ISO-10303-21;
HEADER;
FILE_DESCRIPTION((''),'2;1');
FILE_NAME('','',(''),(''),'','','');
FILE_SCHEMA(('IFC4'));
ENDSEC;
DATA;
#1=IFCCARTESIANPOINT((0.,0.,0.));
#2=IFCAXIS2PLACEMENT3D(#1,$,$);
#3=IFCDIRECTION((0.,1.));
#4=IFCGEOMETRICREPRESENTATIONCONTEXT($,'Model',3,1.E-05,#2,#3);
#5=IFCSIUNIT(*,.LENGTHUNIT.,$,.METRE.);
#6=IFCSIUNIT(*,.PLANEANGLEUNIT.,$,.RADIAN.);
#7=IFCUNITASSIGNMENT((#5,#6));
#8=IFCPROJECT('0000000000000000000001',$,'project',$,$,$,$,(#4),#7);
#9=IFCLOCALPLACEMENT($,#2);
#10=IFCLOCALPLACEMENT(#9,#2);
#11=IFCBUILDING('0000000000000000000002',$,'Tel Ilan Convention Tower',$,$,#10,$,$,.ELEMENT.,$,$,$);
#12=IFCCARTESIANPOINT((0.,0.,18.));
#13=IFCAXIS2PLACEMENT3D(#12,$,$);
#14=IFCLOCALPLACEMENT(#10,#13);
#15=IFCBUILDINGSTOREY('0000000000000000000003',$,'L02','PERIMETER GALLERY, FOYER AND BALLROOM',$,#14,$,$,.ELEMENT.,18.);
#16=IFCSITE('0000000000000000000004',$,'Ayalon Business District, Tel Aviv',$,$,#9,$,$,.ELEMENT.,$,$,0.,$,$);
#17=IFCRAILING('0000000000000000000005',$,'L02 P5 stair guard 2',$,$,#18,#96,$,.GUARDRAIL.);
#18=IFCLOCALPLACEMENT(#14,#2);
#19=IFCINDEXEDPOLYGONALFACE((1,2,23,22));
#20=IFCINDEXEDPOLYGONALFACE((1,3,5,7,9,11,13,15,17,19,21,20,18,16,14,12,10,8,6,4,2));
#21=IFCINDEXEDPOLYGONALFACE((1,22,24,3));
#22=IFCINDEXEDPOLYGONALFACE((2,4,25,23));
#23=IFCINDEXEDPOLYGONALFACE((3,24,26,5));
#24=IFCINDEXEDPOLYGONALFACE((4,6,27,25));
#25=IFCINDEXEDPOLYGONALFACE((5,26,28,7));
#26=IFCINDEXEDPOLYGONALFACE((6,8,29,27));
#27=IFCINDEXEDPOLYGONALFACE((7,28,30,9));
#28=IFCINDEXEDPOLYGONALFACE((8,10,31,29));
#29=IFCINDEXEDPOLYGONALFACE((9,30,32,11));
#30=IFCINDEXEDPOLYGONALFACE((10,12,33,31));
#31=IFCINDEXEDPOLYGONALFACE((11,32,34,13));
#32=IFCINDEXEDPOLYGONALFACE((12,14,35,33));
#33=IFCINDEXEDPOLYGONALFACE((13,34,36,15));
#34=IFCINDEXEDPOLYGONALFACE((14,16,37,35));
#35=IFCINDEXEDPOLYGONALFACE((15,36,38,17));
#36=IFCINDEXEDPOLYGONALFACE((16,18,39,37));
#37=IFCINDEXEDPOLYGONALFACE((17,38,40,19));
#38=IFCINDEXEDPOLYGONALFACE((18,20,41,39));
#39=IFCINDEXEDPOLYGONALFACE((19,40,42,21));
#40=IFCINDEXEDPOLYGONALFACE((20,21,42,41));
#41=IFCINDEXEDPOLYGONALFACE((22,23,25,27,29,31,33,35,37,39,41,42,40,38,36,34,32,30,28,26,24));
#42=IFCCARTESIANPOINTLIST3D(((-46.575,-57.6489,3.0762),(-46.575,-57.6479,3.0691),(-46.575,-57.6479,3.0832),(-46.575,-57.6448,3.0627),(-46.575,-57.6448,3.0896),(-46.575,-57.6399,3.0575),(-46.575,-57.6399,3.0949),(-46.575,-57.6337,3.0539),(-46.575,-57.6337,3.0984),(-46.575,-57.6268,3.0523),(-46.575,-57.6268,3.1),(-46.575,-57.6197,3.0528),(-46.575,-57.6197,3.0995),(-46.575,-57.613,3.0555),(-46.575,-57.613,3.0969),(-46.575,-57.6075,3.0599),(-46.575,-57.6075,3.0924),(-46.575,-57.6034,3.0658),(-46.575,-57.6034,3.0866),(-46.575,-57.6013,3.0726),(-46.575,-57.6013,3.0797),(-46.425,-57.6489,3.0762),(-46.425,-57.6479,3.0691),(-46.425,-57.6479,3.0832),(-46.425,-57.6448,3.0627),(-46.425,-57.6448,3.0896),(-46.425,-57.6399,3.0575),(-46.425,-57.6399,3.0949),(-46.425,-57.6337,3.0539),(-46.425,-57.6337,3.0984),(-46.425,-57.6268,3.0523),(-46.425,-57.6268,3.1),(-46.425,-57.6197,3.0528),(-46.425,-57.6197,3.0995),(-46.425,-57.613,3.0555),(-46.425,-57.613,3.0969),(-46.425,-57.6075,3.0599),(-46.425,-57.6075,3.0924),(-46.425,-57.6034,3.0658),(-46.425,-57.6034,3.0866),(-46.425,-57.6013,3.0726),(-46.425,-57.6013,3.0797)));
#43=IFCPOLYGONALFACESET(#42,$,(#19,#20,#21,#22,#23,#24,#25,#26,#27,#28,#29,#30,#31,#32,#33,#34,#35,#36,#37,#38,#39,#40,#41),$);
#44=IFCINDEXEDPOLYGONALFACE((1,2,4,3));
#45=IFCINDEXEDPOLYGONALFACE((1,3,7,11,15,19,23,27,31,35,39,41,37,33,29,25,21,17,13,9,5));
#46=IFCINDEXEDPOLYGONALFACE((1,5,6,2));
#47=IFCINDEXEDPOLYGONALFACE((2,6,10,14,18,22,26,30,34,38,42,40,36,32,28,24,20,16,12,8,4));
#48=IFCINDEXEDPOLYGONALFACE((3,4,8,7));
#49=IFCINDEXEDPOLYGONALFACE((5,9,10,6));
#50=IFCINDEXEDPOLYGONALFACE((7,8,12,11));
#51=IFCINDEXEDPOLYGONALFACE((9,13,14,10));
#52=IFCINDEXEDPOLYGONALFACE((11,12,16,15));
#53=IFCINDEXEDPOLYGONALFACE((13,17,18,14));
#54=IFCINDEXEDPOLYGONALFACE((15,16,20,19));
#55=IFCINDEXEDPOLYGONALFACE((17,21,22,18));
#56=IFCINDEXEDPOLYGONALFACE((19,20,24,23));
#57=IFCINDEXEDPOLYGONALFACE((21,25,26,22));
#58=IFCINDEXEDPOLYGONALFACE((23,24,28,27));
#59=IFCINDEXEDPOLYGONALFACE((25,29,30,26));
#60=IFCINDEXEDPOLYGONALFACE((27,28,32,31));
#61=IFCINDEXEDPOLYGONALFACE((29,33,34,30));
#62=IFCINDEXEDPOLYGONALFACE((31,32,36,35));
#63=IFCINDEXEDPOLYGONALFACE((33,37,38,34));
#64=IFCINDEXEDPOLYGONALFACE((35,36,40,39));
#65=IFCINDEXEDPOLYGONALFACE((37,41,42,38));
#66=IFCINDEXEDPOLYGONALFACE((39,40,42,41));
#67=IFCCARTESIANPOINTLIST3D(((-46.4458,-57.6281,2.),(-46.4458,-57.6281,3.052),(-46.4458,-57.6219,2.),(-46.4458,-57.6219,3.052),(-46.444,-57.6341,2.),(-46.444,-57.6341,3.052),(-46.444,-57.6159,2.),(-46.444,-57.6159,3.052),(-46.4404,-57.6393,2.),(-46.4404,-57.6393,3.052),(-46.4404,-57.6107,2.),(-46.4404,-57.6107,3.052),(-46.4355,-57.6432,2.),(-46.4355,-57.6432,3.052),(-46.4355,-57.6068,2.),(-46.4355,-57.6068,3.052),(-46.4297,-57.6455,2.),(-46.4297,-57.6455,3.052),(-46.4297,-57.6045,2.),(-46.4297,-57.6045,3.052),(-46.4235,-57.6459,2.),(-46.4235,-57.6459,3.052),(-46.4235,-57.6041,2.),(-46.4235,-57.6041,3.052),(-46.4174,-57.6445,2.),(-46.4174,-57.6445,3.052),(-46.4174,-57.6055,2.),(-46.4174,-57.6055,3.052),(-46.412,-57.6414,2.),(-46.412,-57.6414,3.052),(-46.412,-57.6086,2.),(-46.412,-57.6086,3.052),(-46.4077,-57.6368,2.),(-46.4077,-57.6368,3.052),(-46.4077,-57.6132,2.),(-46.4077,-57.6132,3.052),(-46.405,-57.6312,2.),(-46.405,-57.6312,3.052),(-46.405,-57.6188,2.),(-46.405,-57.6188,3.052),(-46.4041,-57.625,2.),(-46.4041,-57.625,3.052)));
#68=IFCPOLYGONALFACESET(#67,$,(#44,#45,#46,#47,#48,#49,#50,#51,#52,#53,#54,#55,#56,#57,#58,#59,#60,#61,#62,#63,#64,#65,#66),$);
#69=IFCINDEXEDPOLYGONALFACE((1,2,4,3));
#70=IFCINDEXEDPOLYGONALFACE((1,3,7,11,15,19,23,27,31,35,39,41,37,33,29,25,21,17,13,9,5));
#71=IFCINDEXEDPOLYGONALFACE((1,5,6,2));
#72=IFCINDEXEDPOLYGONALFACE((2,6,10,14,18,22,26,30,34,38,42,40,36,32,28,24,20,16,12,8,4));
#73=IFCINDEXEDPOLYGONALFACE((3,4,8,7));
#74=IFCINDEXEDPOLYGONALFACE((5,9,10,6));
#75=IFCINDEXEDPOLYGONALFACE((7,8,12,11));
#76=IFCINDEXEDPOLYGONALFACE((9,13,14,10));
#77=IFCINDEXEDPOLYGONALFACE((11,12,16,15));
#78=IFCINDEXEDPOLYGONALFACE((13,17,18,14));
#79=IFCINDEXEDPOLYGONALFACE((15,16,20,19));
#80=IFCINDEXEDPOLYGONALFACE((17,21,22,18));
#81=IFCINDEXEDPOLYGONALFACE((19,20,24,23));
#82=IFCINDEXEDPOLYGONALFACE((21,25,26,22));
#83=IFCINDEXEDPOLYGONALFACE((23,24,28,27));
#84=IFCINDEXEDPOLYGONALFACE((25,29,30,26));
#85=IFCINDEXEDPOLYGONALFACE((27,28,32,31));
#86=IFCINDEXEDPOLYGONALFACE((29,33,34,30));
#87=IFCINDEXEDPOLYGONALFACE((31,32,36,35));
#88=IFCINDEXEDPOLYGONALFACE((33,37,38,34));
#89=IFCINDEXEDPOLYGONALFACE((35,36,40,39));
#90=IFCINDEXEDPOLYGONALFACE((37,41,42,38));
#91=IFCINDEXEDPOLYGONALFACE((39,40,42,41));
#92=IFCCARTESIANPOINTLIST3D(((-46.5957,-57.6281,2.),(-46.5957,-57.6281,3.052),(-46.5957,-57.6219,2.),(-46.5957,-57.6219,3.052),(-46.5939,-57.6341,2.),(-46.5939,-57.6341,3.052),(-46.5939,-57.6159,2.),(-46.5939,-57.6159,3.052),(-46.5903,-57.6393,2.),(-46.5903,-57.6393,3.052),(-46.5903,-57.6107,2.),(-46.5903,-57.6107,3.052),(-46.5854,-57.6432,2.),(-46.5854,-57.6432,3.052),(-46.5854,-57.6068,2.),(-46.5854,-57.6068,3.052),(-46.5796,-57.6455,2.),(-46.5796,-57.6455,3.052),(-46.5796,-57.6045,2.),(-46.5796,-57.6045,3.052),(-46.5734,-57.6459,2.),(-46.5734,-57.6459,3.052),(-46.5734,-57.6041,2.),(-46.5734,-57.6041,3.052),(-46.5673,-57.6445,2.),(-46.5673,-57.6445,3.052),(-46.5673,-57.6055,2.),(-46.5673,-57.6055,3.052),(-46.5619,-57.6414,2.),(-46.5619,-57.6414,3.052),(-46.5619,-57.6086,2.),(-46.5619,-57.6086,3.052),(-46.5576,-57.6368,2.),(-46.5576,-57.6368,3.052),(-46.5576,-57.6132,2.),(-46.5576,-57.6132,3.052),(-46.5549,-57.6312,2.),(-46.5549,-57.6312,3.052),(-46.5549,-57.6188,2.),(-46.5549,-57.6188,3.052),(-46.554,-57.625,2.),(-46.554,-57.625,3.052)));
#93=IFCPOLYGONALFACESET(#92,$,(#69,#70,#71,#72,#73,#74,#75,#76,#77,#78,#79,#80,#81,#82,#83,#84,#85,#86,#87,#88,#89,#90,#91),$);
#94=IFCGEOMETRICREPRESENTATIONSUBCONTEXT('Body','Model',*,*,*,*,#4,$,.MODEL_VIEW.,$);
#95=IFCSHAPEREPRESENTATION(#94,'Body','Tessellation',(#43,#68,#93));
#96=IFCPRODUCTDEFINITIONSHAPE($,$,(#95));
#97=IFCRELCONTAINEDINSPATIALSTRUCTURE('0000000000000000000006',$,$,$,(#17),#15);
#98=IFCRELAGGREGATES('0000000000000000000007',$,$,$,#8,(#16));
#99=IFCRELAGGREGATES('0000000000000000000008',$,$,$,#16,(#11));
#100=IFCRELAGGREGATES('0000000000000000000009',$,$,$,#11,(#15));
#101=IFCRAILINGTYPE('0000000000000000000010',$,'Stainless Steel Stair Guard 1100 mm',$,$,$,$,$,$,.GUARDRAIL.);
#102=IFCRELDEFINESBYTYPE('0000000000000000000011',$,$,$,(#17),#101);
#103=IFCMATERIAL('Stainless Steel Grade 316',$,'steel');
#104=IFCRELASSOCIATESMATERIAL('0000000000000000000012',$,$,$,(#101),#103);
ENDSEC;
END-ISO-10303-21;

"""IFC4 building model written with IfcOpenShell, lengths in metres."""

from ifc_helpers import new_model, si_unit, direction, frame, origin, origin_2d, place, context, subcontext, project, spatial, circle, extrude, material, type_object, element, save


model = new_model("IFC4")

# Units and contexts
model_context = context("Model", 3, precision=1e-05, world=origin(), true_north=direction((0.0, 1.0)))
body_context = subcontext(model_context, "Body", "Model", "MODEL_VIEW")
ifc_project = project(units=[si_unit("LENGTHUNIT", "METRE"), si_unit("PLANEANGLEUNIT", "RADIAN")], contexts=[model_context])

# Site, building, storey
site_placement = place(None, origin())
site = spatial("IfcSite", under=ifc_project, at=site_placement, Name="Ayalon Business District, Tel Aviv", CompositionType="ELEMENT", RefElevation=0.0)
building_placement = place(site_placement, origin())
building = spatial("IfcBuilding", under=site, at=building_placement, Name="Tel Ilan Convention Tower", CompositionType="ELEMENT")
storey_placement = place(building_placement, frame((0.0, 0.0, 18.0)))
storey = spatial("IfcBuildingStorey", under=building, at=storey_placement, Name="L02", Description="PERIMETER GALLERY, FOYER AND BALLROOM", CompositionType="ELEMENT", Elevation=18.0)

# Railing
ifc_material_1 = material(Name="Stainless Steel Grade 316", Category="steel")
railing_type_1 = type_object("IfcRailingType", Name="Stainless Steel Stair Guard 1100 mm", PredefinedType="GUARDRAIL", material=ifc_material_1)
railing_1_placement = place(storey_placement, frame((-46.425, -57.625, 2.0)))
element("IfcRailing", 1, at=railing_1_placement, inside=storey, type_object=railing_type_1, Name="L02 P5 stair guard 2", PredefinedType="GUARDRAIL", context=body_context, shape_type="SweptSolid", body=[
    extrude(circle(Radius=0.0239, at=origin_2d()), frame((0.0, 0.0, 1.0762), z_axis=(-1.0, 0.0, 0.0), x_axis=(0.0, -1.0, 0.0)), (0.0, 0.0, 1.0), 0.1499),
    extrude(circle(Radius=0.021, at=origin_2d()), origin(), (0.0, 0.0, 1.0), 1.052),
    extrude(circle(Radius=0.021, at=origin_2d()), frame((-0.1499, 0.0, 0.0)), (0.0, 0.0, 1.0), 1.052),
])

save(model, "model.ifc")
